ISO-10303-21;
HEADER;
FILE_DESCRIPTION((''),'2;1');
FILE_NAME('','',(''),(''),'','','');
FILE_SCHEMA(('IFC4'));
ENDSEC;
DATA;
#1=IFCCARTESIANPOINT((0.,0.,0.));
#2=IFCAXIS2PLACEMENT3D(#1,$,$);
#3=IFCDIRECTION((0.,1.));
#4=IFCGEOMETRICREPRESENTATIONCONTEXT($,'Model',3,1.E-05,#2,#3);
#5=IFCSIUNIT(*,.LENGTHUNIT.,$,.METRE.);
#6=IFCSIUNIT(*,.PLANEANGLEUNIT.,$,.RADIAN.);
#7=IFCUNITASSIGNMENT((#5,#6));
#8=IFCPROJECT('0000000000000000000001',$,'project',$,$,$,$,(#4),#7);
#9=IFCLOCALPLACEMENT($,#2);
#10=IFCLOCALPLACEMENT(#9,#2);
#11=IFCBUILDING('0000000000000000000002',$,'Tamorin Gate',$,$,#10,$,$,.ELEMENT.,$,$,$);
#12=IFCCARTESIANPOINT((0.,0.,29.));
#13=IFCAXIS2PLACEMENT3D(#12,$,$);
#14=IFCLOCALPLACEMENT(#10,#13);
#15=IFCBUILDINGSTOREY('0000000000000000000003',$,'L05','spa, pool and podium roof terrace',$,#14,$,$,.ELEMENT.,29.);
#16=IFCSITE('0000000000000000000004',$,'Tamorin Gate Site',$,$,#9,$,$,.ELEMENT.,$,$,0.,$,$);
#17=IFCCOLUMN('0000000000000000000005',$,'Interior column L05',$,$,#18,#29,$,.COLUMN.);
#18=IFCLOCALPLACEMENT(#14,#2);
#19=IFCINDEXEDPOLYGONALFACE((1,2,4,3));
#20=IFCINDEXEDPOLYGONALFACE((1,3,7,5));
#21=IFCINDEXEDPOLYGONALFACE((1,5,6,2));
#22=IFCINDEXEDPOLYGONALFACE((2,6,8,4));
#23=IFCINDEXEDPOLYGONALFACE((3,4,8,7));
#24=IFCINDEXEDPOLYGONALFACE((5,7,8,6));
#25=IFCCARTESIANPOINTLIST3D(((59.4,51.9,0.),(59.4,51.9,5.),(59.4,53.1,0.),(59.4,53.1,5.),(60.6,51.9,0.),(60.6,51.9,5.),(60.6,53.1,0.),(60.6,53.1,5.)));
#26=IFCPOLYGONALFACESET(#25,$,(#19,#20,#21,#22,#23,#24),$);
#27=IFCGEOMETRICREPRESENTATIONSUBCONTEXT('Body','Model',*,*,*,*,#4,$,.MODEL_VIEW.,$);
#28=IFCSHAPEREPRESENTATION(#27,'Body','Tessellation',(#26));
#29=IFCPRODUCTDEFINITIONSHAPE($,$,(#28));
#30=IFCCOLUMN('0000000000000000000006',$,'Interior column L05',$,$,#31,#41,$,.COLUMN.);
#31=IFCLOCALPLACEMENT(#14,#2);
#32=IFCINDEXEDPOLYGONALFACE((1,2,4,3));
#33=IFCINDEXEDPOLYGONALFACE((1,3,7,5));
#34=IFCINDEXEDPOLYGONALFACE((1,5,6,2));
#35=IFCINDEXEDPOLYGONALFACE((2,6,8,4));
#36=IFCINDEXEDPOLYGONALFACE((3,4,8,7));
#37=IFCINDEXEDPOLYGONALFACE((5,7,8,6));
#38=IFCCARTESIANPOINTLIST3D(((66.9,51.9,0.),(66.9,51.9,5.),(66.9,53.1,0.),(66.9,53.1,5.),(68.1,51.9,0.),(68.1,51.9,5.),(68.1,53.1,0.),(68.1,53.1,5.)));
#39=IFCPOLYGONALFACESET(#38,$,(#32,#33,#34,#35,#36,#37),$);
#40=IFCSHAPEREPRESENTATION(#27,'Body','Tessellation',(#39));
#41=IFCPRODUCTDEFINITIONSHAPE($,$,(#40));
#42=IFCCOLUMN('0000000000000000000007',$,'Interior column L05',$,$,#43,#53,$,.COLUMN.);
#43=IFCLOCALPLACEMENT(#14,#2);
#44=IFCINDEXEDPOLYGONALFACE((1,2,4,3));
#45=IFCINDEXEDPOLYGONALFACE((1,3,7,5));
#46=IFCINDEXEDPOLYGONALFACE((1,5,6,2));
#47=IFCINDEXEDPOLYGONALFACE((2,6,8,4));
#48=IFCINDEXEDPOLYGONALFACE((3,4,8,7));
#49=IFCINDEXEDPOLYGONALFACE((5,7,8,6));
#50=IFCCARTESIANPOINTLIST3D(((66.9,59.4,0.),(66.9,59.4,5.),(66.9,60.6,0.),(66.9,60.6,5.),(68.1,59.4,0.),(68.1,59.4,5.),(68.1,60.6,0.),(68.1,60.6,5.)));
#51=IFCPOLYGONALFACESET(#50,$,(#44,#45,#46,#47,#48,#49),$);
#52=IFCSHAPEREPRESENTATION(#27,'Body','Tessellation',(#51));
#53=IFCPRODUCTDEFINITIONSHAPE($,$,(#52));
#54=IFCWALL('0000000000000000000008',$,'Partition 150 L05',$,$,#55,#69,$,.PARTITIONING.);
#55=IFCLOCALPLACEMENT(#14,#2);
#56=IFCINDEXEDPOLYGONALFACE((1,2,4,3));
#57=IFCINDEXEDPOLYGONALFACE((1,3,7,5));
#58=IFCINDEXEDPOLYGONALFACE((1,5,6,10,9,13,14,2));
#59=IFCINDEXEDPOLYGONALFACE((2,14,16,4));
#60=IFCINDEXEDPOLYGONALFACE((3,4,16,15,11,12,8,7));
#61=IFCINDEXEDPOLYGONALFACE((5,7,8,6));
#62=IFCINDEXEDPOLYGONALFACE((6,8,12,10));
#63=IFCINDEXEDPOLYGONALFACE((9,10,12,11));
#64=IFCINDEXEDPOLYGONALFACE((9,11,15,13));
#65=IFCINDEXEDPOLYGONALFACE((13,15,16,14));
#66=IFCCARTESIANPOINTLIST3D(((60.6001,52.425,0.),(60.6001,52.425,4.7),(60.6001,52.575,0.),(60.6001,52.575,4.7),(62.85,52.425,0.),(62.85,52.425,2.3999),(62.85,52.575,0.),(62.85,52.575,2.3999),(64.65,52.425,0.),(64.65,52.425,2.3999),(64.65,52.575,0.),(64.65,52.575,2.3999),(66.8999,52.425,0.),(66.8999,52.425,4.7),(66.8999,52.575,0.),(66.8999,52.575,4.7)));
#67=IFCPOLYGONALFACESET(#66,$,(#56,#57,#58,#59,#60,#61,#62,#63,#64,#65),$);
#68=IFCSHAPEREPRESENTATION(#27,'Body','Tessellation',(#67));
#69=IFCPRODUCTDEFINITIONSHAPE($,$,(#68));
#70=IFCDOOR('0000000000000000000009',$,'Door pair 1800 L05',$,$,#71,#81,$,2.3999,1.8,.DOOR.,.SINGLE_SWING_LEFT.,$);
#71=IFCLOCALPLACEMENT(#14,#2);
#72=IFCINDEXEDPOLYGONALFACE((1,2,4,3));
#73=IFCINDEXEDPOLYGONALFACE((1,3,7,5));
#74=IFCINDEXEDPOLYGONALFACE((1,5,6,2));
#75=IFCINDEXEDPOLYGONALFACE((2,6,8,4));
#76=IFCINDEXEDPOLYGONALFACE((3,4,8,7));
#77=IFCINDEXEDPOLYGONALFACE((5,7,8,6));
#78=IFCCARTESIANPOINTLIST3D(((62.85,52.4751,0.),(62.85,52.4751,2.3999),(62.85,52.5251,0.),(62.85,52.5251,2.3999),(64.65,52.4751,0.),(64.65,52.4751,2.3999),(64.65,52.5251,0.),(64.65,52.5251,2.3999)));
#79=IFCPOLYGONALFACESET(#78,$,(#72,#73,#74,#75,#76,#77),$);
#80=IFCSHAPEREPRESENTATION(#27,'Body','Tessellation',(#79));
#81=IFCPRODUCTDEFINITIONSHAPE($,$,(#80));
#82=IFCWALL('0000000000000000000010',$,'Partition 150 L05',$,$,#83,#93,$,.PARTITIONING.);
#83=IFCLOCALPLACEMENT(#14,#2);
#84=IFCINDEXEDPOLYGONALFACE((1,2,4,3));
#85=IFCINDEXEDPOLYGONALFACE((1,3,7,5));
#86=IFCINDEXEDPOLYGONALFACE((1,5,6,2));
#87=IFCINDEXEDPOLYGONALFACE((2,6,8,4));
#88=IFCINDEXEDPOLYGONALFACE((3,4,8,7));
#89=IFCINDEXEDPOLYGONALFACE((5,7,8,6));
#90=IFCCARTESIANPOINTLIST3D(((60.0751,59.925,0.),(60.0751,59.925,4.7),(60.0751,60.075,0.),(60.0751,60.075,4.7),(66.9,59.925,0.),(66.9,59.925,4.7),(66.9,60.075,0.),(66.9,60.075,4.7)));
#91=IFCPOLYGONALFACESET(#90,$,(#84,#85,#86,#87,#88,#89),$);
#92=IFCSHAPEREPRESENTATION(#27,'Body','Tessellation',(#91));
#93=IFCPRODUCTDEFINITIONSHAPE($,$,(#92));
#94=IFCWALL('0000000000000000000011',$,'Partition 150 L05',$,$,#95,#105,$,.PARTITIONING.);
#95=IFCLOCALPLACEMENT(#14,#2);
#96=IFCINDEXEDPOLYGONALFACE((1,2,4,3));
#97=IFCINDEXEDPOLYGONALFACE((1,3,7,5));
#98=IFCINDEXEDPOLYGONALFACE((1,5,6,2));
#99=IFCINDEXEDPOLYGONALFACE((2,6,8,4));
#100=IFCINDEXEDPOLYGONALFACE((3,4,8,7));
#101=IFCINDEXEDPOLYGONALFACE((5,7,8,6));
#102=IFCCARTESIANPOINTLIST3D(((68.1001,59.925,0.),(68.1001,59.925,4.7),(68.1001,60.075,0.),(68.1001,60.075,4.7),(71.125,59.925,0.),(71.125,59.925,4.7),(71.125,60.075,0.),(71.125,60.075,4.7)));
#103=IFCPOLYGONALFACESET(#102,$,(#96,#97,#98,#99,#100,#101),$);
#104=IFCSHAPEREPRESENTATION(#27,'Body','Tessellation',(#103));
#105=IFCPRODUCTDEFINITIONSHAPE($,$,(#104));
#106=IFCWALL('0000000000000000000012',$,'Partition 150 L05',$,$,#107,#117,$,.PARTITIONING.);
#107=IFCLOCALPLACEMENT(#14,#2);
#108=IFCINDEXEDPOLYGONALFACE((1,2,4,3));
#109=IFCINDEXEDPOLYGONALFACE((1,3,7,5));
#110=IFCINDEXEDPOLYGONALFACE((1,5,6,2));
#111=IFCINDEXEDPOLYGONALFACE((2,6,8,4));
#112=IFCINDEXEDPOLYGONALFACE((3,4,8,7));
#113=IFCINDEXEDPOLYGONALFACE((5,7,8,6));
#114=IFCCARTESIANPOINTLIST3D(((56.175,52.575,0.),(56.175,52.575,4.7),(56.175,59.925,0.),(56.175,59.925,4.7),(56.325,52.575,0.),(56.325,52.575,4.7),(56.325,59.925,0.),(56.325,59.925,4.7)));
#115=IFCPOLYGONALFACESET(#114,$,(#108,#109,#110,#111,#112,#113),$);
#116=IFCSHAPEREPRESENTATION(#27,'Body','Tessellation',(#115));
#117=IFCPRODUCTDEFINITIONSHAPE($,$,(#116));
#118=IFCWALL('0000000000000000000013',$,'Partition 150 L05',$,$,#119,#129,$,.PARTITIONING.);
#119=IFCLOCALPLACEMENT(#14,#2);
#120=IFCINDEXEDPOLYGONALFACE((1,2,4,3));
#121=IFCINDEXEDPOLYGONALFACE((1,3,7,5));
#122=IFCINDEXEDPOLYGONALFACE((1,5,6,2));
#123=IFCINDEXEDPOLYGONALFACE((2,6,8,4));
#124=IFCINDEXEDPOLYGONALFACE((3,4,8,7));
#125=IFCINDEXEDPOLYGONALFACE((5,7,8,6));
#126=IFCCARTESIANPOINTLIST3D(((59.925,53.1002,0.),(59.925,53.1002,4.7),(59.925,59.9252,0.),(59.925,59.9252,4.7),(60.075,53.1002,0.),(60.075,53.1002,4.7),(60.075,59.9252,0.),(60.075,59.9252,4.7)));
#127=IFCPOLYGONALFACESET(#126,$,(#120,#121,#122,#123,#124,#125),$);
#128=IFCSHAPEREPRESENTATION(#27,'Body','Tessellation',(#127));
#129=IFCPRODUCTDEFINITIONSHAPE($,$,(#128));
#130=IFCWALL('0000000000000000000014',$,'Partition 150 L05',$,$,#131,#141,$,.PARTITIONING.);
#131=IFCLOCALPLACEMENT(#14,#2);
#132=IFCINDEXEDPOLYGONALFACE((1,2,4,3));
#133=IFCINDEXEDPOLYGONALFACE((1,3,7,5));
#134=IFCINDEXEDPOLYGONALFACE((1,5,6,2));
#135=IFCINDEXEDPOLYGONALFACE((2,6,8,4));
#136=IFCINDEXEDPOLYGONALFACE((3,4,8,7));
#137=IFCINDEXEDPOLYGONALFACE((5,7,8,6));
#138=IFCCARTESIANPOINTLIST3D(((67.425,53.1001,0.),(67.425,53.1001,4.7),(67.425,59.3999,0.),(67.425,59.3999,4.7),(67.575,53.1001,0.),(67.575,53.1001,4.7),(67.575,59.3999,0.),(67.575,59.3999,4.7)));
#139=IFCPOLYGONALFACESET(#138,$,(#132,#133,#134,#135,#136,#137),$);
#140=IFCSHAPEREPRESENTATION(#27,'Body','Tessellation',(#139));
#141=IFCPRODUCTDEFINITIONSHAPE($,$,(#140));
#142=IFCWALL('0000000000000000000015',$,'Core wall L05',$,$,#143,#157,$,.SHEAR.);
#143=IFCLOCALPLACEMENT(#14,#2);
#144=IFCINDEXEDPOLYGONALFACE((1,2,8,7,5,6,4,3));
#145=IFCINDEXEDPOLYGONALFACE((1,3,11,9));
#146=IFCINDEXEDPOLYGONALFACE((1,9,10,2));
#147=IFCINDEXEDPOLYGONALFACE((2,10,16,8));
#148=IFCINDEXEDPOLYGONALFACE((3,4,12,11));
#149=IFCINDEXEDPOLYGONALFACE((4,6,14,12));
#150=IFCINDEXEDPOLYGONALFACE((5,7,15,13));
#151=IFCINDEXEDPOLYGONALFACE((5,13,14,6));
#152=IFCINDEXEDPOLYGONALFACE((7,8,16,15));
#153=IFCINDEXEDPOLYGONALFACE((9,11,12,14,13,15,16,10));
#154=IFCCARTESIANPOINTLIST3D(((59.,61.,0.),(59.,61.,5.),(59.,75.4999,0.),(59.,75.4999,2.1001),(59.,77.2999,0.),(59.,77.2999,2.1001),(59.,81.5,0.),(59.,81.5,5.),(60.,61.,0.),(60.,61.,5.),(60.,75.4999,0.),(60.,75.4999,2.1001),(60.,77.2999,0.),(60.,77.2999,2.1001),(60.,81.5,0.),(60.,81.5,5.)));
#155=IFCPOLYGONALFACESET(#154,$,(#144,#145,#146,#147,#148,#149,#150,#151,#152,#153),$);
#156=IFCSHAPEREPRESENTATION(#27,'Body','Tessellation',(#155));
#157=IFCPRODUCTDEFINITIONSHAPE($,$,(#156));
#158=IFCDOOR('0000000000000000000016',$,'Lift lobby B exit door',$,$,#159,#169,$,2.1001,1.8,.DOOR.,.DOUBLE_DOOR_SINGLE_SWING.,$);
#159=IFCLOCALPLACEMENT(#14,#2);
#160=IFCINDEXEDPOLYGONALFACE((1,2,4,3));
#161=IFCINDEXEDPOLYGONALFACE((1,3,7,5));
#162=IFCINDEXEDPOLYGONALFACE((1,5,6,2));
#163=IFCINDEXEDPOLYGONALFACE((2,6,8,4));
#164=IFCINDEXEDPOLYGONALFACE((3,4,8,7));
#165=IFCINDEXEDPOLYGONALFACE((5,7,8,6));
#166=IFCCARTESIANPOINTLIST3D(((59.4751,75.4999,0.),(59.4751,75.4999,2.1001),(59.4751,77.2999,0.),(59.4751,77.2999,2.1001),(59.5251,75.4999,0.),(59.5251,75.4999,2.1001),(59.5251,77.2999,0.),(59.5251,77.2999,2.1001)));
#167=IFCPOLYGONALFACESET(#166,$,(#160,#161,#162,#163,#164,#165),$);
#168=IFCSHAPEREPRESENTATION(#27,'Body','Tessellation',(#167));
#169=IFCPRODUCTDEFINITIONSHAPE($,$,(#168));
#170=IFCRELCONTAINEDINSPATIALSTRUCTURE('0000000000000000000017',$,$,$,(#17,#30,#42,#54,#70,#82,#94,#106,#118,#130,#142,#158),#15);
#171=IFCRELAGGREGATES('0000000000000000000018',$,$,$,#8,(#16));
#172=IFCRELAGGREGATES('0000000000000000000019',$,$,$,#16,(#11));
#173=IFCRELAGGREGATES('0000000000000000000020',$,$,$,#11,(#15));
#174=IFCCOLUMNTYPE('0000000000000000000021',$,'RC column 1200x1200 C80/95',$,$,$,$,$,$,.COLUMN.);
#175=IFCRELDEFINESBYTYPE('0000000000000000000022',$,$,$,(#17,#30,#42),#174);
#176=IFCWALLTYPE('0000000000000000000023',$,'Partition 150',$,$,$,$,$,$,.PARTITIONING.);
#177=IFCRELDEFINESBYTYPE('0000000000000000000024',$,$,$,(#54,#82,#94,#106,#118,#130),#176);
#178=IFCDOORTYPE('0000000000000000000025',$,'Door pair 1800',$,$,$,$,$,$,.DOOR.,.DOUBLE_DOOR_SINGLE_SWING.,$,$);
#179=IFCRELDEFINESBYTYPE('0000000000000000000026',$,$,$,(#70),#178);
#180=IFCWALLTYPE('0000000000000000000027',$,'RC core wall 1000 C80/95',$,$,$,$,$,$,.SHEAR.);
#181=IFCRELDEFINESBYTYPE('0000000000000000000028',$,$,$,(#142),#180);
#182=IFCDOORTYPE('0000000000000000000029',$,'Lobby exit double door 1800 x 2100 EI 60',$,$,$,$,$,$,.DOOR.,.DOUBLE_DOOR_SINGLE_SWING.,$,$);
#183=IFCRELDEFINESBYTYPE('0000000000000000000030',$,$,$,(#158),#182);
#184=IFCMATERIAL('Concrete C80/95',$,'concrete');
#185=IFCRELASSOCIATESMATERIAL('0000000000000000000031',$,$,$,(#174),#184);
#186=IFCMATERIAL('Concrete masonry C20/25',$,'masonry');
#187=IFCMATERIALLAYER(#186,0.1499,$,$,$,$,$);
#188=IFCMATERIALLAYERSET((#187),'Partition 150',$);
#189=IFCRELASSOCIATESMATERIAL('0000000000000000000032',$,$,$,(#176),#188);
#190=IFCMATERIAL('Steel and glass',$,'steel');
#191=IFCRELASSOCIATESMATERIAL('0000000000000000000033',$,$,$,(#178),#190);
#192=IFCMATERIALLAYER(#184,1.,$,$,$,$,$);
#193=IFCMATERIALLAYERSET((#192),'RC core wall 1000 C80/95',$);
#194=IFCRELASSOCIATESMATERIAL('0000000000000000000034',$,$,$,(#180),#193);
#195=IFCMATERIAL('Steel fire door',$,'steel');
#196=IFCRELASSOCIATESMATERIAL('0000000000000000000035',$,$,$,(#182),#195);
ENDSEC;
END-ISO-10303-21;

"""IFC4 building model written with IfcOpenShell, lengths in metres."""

from ifc_helpers import new_model, si_unit, direction, frame, frame_2d, origin, origin_2d, place, context, subcontext, project, spatial, rectangle, extrude, material, layer, layer_set, material_profile, profile_set, type_object, element, fill, save


model = new_model("IFC4")

# Units and contexts
model_context = context("Model", 3, precision=1e-05, world=origin(), true_north=direction((0.0, 1.0)))
body_context = subcontext(model_context, "Body", "Model", "MODEL_VIEW")
ifc_project = project(units=[si_unit("LENGTHUNIT", "METRE"), si_unit("PLANEANGLEUNIT", "RADIAN")], contexts=[model_context])

# Site, building, storey
site_placement = place(None, origin())
site = spatial("IfcSite", under=ifc_project, at=site_placement, Name="Tamorin Gate Site", CompositionType="ELEMENT", RefElevation=0.0)
building_placement = place(site_placement, origin())
building = spatial("IfcBuilding", under=site, at=building_placement, Name="Tamorin Gate", CompositionType="ELEMENT")
storey_placement = place(building_placement, frame((0.0, 0.0, 29.0)))
storey = spatial("IfcBuildingStorey", under=building, at=storey_placement, Name="L05", Description="spa, pool and podium roof terrace", CompositionType="ELEMENT", Elevation=29.0)

# Columns
ifc_material_1 = material(Name="Concrete C80/95", Category="concrete")
ifc_material_profile = material_profile(ifc_material_1, rectangle(XDim=1.2, YDim=1.2, at=origin_2d()), Name="RC 1200x1200")
ifc_profile_set = profile_set([ifc_material_profile], Name="Concrete C80/95")
column_type = type_object("IfcColumnType", Name="RC column 1200x1200 C80/95", PredefinedType="COLUMN", material=ifc_profile_set)
for number, where, z_axis, x_axis, name in (
    (1, (60.0, 52.5, 0.0), (0.0, 0.0, 1.0), (1.0, 0.0, 0.0), "Interior column L05"),
    (2, (67.5, 52.5, 0.0), (0.0, 0.0, 1.0), (1.0, 0.0, 0.0), "Interior column L05"),
    (3, (67.5, 60.0, 0.0), (0.0, 0.0, 1.0), (1.0, 0.0, 0.0), "Interior column L05"),
):
    element("IfcColumn", number, at=place(storey_placement, frame(where, z_axis=z_axis, x_axis=x_axis)), inside=storey, type_object=column_type, Name=name, PredefinedType="COLUMN", context=body_context, shape_type="SweptSolid", body=[
        extrude(rectangle(XDim=1.2, YDim=1.2, at=origin_2d()), origin(), (0.0, 0.0, 1.0), 5.0),
    ])

# Wall, opening, door
ifc_material_2 = material(Name="Concrete masonry C20/25", Category="masonry")
ifc_layer_1 = layer(ifc_material_2, 0.1499)
ifc_layer_set_1 = layer_set([ifc_layer_1], Name="Partition 150")
wall_type_1 = type_object("IfcWallType", Name="Partition 150", PredefinedType="PARTITIONING", material=ifc_layer_set_1)
wall_1_placement = place(storey_placement, frame((66.8999, 52.5, 0.0), z_axis=(0.0, 0.0, 1.0), x_axis=(-1.0, 0.0, 0.0)))
wall_1 = element("IfcWall", 4, at=wall_1_placement, inside=storey, type_object=wall_type_1, Name="Partition 150 L05", PredefinedType="PARTITIONING", context=body_context, shape_type="SweptSolid", body=[
    extrude(rectangle(XDim=6.2998, YDim=0.1499, at=frame_2d((3.1499, 0.0))), origin(), (0.0, 0.0, 1.0), 4.7),
])
opening_1_placement = place(wall_1_placement, frame((2.25, 0.0, 0.0)))
opening_1 = element("IfcOpeningElement", 5, at=opening_1_placement, cuts=wall_1, PredefinedType="OPENING", context=body_context, shape_type="SweptSolid", body=[
    extrude(rectangle(XDim=1.8, YDim=2.3999, at=frame_2d((0.8999, 1.2))), frame((0.0, 0.085, 0.0), z_axis=(0.0, -1.0, 0.0), x_axis=(1.0, 0.0, 0.0)), (0.0, 0.0, 1.0), 0.1699),
])
ifc_material_3 = material(Name="Steel and glass", Category="steel")
door_type_1 = type_object("IfcDoorType", Name="Door pair 1800", OperationType="DOUBLE_DOOR_SINGLE_SWING", PredefinedType="DOOR", material=ifc_material_3)
door_1_placement = place(opening_1_placement, origin())
door_1 = element("IfcDoor", 6, at=door_1_placement, inside=storey, type_object=door_type_1, Name="Door pair 1800 L05", OperationType="SINGLE_SWING_LEFT", OverallHeight=2.3999, OverallWidth=1.8, PredefinedType="DOOR", context=body_context, shape_type="SweptSolid", body=[
    extrude(rectangle(XDim=1.8, YDim=2.3999, at=frame_2d((0.8999, 1.2))), frame((0.0, 0.0249, 0.0), z_axis=(0.0, -1.0, 0.0), x_axis=(1.0, 0.0, 0.0)), (0.0, 0.0, 1.0), 0.05),
])
fill(opening_1, door_1)

# Walls
wall_2_placement = place(storey_placement, frame((60.075, 60.0, 0.0), z_axis=(0.0, 0.0, 1.0), x_axis=(1.0, 0.0, 0.0)))
element("IfcWall", 7, at=wall_2_placement, inside=storey, type_object=wall_type_1, Name="Partition 150 L05", PredefinedType="PARTITIONING", context=body_context, shape_type="SweptSolid", body=[
    extrude(rectangle(XDim=6.825, YDim=0.1499, at=frame_2d((3.4126, 0.0))), origin(), (0.0, 0.0, 1.0), 4.7),
])
wall_3_placement = place(storey_placement, frame((68.1001, 60.0, 0.0), z_axis=(0.0, 0.0, 1.0), x_axis=(1.0, 0.0, 0.0)))
element("IfcWall", 8, at=wall_3_placement, inside=storey, type_object=wall_type_1, Name="Partition 150 L05", PredefinedType="PARTITIONING", context=body_context, shape_type="SweptSolid", body=[
    extrude(rectangle(XDim=3.0249, YDim=0.1499, at=frame_2d((1.5125, 0.0))), origin(), (0.0, 0.0, 1.0), 4.7),
])
wall_4_placement = place(storey_placement, frame((56.25, 52.575, 0.0), z_axis=(0.0, 0.0, 1.0), x_axis=(0.0, 1.0, 0.0)))
element("IfcWall", 9, at=wall_4_placement, inside=storey, type_object=wall_type_1, Name="Partition 150 L05", PredefinedType="PARTITIONING", context=body_context, shape_type="SweptSolid", body=[
    extrude(rectangle(XDim=7.3501, YDim=0.1499, at=frame_2d((3.675, 0.0))), origin(), (0.0, 0.0, 1.0), 4.7),
])
wall_5_placement = place(storey_placement, frame((60.0, 53.1001, 0.0), z_axis=(0.0, 0.0, 1.0), x_axis=(0.0, 1.0, 0.0)))
element("IfcWall", 10, at=wall_5_placement, inside=storey, type_object=wall_type_1, Name="Partition 150 L05", PredefinedType="PARTITIONING", context=body_context, shape_type="SweptSolid", body=[
    extrude(rectangle(XDim=6.825, YDim=0.1499, at=frame_2d((3.4126, 0.0))), origin(), (0.0, 0.0, 1.0), 4.7),
])
wall_6_placement = place(storey_placement, frame((67.5, 53.1001, 0.0), z_axis=(0.0, 0.0, 1.0), x_axis=(0.0, 1.0, 0.0)))
element("IfcWall", 11, at=wall_6_placement, inside=storey, type_object=wall_type_1, Name="Partition 150 L05", PredefinedType="PARTITIONING", context=body_context, shape_type="SweptSolid", body=[
    extrude(rectangle(XDim=6.2998, YDim=0.1499, at=frame_2d((3.1499, 0.0))), origin(), (0.0, 0.0, 1.0), 4.7),
])

# Wall, opening, door
ifc_layer_2 = layer(ifc_material_1, 1.0)
ifc_layer_set_2 = layer_set([ifc_layer_2], Name="RC core wall 1000 C80/95")
wall_type_2 = type_object("IfcWallType", Name="RC core wall 1000 C80/95", PredefinedType="SHEAR", material=ifc_layer_set_2)
wall_7_placement = place(storey_placement, frame((59.5, 61.0, 0.0), z_axis=(0.0, 0.0, 1.0), x_axis=(0.0, 1.0, 0.0)))
wall_7 = element("IfcWall", 12, at=wall_7_placement, inside=storey, type_object=wall_type_2, Name="Core wall L05", PredefinedType="SHEAR", context=body_context, shape_type="SweptSolid", body=[
    extrude(rectangle(XDim=20.5, YDim=1.0, at=frame_2d((10.25, 0.0))), origin(), (0.0, 0.0, 1.0), 5.0),
])
opening_2_placement = place(wall_7_placement, frame((14.5, 0.0, 0.0)))
opening_2 = element("IfcOpeningElement", 13, at=opening_2_placement, cuts=wall_7, PredefinedType="OPENING", context=body_context, shape_type="SweptSolid", body=[
    extrude(rectangle(XDim=1.8, YDim=2.1001, at=frame_2d((0.8999, 1.05))), frame((0.0, 0.51, 0.0), z_axis=(0.0, -1.0, 0.0), x_axis=(1.0, 0.0, 0.0)), (0.0, 0.0, 1.0), 1.02),
])
ifc_material_4 = material(Name="Steel fire door", Category="steel")
door_type_2 = type_object("IfcDoorType", Name="Lobby exit double door 1800 x 2100 EI 60", OperationType="DOUBLE_DOOR_SINGLE_SWING", PredefinedType="DOOR", material=ifc_material_4)
door_2_placement = place(opening_2_placement, origin())
door_2 = element("IfcDoor", 14, at=door_2_placement, inside=storey, type_object=door_type_2, Name="Lift lobby B exit door", OperationType="DOUBLE_DOOR_SINGLE_SWING", OverallHeight=2.1001, OverallWidth=1.8, PredefinedType="DOOR", context=body_context, shape_type="SweptSolid", body=[
    extrude(rectangle(XDim=1.8, YDim=2.1001, at=frame_2d((0.8999, 1.05))), frame((0.0, 0.0249, 0.0), z_axis=(0.0, -1.0, 0.0), x_axis=(1.0, 0.0, 0.0)), (0.0, 0.0, 1.0), 0.05),
])
fill(opening_2, door_2)

save(model, "model.ifc")
